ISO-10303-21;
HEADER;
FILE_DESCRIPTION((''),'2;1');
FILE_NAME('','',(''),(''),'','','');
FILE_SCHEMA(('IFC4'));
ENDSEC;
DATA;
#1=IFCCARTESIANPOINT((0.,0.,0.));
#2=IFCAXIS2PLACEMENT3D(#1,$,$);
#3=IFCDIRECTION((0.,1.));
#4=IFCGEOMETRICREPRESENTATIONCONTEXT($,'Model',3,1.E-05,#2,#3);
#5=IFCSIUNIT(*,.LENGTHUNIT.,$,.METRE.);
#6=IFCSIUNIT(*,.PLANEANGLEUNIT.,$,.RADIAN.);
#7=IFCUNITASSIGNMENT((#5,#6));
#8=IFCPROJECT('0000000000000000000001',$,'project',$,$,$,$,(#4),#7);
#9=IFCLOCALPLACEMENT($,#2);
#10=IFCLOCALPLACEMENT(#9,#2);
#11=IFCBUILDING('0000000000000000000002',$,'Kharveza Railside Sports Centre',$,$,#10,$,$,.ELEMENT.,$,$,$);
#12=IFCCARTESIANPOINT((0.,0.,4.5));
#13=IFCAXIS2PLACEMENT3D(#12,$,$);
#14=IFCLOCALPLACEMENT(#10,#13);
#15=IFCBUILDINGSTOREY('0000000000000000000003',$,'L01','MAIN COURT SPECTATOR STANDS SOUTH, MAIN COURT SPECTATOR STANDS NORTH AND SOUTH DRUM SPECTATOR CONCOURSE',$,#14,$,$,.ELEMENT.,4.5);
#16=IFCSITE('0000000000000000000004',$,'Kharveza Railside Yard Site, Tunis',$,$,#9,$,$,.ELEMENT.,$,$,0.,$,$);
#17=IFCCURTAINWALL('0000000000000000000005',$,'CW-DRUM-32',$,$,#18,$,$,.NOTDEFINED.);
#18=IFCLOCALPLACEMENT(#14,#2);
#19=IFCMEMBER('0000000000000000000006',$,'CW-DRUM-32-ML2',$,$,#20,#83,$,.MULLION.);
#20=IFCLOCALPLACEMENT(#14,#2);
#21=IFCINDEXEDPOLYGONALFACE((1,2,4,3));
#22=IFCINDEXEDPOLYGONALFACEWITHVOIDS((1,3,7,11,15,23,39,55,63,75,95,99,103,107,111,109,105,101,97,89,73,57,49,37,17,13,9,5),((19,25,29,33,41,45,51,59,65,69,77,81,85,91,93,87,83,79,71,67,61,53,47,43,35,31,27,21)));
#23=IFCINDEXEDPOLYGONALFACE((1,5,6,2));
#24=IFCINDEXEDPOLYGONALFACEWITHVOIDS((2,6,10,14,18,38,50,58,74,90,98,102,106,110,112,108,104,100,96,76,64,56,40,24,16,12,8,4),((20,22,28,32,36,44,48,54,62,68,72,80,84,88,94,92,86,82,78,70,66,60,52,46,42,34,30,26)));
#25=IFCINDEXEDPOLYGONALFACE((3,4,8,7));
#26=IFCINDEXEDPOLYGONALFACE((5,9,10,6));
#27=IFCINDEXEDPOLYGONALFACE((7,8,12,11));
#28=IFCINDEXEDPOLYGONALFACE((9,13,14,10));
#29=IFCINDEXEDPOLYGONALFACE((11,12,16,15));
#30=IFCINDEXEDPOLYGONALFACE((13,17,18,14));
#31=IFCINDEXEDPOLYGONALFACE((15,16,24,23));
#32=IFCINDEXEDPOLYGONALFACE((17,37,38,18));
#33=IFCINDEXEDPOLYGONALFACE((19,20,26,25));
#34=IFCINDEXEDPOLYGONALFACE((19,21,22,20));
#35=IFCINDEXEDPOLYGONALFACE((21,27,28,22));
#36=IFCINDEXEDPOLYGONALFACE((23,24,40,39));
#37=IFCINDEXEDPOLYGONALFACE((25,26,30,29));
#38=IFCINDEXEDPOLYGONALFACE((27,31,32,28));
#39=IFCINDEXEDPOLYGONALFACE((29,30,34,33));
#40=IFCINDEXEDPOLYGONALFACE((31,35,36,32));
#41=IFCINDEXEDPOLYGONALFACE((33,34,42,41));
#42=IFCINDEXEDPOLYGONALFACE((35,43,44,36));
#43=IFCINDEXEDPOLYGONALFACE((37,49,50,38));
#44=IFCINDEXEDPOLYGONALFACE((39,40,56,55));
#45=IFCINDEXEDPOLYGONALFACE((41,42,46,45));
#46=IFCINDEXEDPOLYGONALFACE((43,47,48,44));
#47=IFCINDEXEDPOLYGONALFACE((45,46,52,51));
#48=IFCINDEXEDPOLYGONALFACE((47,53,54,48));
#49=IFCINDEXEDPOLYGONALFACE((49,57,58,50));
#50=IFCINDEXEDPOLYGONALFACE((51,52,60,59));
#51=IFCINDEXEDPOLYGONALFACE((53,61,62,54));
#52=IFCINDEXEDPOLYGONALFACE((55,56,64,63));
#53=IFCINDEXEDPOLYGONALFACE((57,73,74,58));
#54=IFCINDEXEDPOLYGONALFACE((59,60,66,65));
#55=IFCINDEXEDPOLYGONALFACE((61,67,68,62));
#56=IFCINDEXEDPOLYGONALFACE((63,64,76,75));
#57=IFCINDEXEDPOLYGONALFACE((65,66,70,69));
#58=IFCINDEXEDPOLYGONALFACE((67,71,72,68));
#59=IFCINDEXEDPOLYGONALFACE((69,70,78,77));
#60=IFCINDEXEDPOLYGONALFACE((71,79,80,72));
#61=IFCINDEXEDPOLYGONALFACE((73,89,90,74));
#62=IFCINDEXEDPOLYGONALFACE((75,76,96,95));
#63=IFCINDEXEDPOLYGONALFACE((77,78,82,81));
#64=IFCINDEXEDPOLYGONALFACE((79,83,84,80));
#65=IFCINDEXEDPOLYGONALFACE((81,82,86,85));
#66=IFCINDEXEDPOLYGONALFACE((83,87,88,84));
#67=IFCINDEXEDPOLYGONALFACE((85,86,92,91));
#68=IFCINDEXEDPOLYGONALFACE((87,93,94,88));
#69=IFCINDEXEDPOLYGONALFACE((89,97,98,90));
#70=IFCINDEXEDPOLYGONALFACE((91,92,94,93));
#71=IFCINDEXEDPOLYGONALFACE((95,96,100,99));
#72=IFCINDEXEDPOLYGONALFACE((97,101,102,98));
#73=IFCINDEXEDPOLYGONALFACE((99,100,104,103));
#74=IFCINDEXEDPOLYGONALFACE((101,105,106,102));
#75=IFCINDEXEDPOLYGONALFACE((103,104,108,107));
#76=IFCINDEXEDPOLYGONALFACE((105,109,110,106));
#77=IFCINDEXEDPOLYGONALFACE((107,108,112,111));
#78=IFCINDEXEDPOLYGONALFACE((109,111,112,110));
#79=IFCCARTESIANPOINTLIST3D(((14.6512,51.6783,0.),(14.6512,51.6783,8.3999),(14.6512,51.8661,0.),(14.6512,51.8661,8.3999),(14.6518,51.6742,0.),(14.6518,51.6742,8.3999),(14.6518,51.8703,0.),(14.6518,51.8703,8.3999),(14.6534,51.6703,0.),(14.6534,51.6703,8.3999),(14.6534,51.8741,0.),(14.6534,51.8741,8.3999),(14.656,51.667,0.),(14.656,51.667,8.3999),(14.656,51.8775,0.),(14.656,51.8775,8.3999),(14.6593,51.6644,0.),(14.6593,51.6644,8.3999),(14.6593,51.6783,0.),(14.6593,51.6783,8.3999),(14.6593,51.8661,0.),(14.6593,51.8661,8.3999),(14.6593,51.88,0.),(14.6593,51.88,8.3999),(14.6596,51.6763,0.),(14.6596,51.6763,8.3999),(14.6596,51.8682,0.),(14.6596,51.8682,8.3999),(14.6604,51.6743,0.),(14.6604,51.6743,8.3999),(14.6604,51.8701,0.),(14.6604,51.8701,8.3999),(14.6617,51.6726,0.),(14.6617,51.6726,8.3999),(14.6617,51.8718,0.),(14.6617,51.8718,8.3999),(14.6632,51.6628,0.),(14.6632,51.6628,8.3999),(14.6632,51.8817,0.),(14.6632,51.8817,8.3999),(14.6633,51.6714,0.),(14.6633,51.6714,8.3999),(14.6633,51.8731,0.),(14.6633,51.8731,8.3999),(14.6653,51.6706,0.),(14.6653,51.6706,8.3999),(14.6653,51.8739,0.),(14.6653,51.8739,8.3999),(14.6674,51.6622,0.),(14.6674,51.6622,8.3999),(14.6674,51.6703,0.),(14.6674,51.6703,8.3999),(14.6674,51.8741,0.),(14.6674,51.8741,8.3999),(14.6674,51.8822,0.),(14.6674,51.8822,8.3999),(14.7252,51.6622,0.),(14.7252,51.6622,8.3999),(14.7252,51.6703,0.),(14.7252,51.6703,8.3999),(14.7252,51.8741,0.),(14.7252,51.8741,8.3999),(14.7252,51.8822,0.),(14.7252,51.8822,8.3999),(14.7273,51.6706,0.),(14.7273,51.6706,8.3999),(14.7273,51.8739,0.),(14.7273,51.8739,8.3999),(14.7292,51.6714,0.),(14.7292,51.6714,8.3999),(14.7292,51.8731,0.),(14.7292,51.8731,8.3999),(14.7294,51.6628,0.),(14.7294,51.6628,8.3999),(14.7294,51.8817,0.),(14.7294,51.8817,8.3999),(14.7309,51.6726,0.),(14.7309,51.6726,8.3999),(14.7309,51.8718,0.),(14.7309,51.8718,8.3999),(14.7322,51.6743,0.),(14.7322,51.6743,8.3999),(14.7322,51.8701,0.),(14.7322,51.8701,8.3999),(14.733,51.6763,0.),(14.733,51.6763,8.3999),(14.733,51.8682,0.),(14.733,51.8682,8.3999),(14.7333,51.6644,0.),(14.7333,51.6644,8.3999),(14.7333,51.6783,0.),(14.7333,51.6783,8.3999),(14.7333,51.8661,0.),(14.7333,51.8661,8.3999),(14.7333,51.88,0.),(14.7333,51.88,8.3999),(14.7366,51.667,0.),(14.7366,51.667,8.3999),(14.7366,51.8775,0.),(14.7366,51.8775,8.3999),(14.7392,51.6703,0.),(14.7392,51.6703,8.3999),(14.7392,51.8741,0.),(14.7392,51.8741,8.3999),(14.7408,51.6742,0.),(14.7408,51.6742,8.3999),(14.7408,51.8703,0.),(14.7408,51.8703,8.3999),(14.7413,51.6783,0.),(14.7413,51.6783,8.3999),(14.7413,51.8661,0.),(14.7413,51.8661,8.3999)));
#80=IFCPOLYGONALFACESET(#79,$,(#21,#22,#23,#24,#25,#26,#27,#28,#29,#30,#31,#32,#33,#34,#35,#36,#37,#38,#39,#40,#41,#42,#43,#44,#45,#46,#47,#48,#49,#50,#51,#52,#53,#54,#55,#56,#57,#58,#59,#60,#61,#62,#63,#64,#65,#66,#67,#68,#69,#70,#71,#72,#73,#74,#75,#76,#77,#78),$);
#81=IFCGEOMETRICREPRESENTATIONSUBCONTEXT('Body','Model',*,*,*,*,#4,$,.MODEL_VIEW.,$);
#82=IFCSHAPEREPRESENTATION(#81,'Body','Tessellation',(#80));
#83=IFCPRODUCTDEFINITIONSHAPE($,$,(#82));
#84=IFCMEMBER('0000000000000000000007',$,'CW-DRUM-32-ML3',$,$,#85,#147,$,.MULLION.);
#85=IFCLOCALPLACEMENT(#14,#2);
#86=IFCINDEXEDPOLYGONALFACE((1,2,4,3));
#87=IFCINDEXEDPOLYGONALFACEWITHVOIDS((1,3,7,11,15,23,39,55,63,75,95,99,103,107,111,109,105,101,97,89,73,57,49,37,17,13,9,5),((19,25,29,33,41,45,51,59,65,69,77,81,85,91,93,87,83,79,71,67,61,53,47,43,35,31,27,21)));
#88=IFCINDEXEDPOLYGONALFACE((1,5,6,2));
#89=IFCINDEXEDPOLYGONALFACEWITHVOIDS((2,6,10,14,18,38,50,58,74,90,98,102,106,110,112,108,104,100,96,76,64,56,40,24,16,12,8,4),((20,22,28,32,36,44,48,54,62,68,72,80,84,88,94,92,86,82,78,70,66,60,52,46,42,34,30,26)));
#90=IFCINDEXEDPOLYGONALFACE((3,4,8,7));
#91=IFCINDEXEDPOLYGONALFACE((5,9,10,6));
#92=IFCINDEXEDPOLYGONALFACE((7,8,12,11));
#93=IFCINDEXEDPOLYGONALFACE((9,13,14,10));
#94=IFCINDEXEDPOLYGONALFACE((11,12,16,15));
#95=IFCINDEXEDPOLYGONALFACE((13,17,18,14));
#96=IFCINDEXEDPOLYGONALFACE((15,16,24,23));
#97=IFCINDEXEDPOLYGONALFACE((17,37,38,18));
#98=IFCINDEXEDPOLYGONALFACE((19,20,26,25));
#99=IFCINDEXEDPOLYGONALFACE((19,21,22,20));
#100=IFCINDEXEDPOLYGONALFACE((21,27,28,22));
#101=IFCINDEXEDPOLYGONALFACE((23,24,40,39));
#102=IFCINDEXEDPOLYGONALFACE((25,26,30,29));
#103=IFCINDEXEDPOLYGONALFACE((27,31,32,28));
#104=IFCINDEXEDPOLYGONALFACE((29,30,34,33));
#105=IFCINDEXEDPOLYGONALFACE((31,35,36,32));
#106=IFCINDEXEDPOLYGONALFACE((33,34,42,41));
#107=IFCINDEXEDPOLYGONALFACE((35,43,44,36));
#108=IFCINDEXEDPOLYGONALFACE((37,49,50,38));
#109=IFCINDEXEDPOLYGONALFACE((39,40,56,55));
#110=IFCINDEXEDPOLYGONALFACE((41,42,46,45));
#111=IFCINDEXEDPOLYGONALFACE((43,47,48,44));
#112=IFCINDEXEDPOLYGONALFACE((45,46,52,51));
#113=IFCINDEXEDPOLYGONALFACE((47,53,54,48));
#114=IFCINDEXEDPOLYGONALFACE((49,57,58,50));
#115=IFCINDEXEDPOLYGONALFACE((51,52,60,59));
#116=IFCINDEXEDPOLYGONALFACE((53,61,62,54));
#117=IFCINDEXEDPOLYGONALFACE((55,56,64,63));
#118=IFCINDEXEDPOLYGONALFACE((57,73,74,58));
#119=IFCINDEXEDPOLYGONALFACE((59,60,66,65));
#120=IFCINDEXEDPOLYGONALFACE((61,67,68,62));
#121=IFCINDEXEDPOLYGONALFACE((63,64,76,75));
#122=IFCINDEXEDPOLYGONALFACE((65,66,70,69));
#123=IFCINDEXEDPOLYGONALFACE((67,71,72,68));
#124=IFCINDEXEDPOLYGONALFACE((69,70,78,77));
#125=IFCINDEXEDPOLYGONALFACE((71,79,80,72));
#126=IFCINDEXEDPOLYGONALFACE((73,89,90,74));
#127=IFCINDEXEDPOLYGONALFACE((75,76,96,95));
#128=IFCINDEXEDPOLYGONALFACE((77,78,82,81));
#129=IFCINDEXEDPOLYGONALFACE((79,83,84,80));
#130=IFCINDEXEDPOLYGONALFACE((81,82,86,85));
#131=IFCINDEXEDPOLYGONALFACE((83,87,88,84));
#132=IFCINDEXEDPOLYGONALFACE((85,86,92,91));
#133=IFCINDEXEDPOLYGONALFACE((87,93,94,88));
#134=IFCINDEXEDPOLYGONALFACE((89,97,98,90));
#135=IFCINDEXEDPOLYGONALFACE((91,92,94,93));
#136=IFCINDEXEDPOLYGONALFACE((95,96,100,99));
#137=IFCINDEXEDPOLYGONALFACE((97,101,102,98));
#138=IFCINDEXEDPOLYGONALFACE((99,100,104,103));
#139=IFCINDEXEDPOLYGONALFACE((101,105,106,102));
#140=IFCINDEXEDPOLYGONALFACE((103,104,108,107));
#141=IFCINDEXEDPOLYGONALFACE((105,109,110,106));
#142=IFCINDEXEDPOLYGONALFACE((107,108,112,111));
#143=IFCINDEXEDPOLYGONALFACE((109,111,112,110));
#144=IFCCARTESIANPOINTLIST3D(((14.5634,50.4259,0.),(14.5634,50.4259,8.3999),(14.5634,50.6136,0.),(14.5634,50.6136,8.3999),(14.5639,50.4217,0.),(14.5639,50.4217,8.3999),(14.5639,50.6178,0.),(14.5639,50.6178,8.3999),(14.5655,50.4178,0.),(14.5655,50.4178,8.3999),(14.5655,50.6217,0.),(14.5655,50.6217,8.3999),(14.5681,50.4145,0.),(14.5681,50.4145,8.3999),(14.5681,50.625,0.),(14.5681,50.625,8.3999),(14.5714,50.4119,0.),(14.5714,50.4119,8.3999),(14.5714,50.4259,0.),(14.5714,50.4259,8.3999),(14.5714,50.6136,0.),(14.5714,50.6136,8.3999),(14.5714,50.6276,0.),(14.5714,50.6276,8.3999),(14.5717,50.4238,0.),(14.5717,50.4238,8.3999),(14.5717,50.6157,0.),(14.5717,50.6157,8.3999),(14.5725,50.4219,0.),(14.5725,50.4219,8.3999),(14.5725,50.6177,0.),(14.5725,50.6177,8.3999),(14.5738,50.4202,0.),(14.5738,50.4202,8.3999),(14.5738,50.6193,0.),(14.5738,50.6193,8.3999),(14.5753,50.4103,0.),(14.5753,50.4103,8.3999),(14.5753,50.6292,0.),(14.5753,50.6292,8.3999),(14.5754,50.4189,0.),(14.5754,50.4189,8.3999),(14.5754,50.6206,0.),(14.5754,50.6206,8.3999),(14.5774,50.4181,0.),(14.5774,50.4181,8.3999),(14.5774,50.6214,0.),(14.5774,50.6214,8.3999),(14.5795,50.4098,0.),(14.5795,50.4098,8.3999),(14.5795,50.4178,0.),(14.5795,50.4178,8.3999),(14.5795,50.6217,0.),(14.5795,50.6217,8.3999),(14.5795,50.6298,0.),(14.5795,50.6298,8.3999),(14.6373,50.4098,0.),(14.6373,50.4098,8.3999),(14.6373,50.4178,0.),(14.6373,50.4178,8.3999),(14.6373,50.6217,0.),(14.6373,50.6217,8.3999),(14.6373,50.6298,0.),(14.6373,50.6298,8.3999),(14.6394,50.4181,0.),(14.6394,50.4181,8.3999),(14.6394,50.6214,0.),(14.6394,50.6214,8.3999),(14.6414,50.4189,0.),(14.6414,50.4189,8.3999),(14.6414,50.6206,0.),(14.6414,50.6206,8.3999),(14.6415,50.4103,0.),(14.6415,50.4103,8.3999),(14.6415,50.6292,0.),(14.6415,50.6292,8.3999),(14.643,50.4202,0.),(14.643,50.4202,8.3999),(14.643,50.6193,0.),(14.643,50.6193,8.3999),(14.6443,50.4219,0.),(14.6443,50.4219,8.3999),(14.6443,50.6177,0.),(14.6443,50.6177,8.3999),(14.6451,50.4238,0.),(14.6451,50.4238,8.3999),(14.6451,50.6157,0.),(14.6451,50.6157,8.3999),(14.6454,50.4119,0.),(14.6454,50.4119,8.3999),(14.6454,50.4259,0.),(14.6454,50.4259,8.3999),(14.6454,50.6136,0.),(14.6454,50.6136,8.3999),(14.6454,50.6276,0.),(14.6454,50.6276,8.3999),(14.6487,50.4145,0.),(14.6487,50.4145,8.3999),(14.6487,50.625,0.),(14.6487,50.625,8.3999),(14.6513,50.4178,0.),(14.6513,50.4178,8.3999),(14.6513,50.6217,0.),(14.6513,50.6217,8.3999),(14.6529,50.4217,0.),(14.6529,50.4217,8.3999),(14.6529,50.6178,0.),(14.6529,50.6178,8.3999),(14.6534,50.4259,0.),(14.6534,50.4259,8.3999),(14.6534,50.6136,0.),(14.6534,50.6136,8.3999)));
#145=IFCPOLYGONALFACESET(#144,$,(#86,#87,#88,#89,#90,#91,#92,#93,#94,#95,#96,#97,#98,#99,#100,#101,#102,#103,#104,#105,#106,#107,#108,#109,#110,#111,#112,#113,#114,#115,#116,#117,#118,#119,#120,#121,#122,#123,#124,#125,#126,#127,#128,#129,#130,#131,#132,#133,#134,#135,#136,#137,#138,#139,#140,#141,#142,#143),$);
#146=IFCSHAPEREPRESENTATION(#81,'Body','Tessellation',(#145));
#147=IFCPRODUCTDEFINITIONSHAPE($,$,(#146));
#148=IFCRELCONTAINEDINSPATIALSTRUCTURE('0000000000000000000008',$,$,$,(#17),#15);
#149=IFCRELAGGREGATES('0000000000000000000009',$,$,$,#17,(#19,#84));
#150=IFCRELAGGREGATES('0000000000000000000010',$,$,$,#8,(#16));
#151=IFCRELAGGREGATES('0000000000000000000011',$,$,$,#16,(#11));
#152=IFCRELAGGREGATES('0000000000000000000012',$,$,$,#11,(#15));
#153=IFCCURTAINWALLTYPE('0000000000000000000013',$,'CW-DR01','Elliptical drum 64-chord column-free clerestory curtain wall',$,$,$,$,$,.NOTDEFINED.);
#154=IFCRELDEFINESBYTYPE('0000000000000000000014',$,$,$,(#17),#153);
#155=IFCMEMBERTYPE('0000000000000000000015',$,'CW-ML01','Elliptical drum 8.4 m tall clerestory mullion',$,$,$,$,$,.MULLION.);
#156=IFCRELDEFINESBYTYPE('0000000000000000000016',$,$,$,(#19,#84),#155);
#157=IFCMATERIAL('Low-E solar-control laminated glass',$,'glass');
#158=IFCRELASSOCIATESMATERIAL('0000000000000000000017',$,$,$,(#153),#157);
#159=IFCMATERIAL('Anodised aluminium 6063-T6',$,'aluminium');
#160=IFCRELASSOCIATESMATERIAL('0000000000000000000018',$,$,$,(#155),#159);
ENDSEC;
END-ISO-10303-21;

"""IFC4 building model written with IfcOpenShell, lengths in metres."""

from ifc_helpers import new_model, si_unit, direction, frame, origin, origin_2d, place, context, subcontext, project, spatial, hollow_rectangle, extrude, material, material_profile, profile_set, type_object, element, aggregate, save


model = new_model("IFC4")

# Units and contexts
model_context = context("Model", 3, precision=1e-05, world=origin(), true_north=direction((0.0, 1.0)))
body_context = subcontext(model_context, "Body", "Model", "MODEL_VIEW")
ifc_project = project(units=[si_unit("LENGTHUNIT", "METRE"), si_unit("PLANEANGLEUNIT", "RADIAN")], contexts=[model_context])

# Site, building, storey
site_placement = place(None, origin())
site = spatial("IfcSite", under=ifc_project, at=site_placement, Name="Kharveza Railside Yard Site, Tunis", CompositionType="ELEMENT", RefElevation=0.0)
building_placement = place(site_placement, origin())
building = spatial("IfcBuilding", under=site, at=building_placement, Name="Kharveza Railside Sports Centre", CompositionType="ELEMENT")
storey_placement = place(building_placement, frame((0.0, 0.0, 4.5)))
storey = spatial("IfcBuildingStorey", under=building, at=storey_placement, Name="L01", Description="MAIN COURT SPECTATOR STANDS SOUTH, MAIN COURT SPECTATOR STANDS NORTH AND SOUTH DRUM SPECTATOR CONCOURSE", CompositionType="ELEMENT", Elevation=4.5)

# Shared definitions
ifc_material_1 = material(Name="Low-E solar-control laminated glass", Category="glass")
curtain_wall_type = type_object("IfcCurtainWallType", Name="CW-DR01", Description="Elliptical drum 64-chord column-free clerestory curtain wall", PredefinedType="NOTDEFINED", material=ifc_material_1)
ifc_material_2 = material(Name="Anodised aluminium 6063-T6", Category="aluminium")
ifc_material_profile_1 = material_profile(ifc_material_2, hollow_rectangle(XDim=0.0901, YDim=0.22, WallThickness=0.0081, InnerFilletRadius=0.0081, OuterFilletRadius=0.0161, at=origin_2d()), Name="RHS 90x220x8.0")
ifc_profile_set_1 = profile_set([ifc_material_profile_1], Name="Anodised aluminium 6063-T6")
member_type_1 = type_object("IfcMemberType", Name="CW-ML01", Description="Elliptical drum 8.4 m tall clerestory mullion", PredefinedType="MULLION", material=ifc_profile_set_1)

# Curtain wall, members
curtain_wall_1_placement = place(storey_placement, origin())
curtain_wall_1 = element("IfcCurtainWall", 1, at=curtain_wall_1_placement, inside=storey, type_object=curtain_wall_type, Name="CW-DRUM-32", PredefinedType="NOTDEFINED")
member_1_placement = place(storey_placement, frame((14.6963, 51.7722, 0.0), z_axis=(0.0, 0.0, 1.0), x_axis=(1.0, 0.0, 0.0)))
member_1 = element("IfcMember", 2, at=member_1_placement, type_object=member_type_1, Name="CW-DRUM-32-ML2", PredefinedType="MULLION", context=body_context, shape_type="SweptSolid", body=[
    extrude(hollow_rectangle(XDim=0.0901, YDim=0.22, WallThickness=0.0081, InnerFilletRadius=0.0081, OuterFilletRadius=0.0161, at=origin_2d()), origin(), (0.0, 0.0, 1.0), 8.3999),
])
member_2_placement = place(storey_placement, frame((14.6084, 50.5198, 0.0), z_axis=(0.0, 0.0, 1.0), x_axis=(1.0, 0.0, 0.0)))
member_2 = element("IfcMember", 3, at=member_2_placement, type_object=member_type_1, Name="CW-DRUM-32-ML3", PredefinedType="MULLION", context=body_context, shape_type="SweptSolid", body=[
    extrude(hollow_rectangle(XDim=0.0901, YDim=0.22, WallThickness=0.0081, InnerFilletRadius=0.0081, OuterFilletRadius=0.0161, at=origin_2d()), origin(), (0.0, 0.0, 1.0), 8.3999),
])

aggregate(curtain_wall_1, [member_1, member_2])

save(model, "model.ifc")
